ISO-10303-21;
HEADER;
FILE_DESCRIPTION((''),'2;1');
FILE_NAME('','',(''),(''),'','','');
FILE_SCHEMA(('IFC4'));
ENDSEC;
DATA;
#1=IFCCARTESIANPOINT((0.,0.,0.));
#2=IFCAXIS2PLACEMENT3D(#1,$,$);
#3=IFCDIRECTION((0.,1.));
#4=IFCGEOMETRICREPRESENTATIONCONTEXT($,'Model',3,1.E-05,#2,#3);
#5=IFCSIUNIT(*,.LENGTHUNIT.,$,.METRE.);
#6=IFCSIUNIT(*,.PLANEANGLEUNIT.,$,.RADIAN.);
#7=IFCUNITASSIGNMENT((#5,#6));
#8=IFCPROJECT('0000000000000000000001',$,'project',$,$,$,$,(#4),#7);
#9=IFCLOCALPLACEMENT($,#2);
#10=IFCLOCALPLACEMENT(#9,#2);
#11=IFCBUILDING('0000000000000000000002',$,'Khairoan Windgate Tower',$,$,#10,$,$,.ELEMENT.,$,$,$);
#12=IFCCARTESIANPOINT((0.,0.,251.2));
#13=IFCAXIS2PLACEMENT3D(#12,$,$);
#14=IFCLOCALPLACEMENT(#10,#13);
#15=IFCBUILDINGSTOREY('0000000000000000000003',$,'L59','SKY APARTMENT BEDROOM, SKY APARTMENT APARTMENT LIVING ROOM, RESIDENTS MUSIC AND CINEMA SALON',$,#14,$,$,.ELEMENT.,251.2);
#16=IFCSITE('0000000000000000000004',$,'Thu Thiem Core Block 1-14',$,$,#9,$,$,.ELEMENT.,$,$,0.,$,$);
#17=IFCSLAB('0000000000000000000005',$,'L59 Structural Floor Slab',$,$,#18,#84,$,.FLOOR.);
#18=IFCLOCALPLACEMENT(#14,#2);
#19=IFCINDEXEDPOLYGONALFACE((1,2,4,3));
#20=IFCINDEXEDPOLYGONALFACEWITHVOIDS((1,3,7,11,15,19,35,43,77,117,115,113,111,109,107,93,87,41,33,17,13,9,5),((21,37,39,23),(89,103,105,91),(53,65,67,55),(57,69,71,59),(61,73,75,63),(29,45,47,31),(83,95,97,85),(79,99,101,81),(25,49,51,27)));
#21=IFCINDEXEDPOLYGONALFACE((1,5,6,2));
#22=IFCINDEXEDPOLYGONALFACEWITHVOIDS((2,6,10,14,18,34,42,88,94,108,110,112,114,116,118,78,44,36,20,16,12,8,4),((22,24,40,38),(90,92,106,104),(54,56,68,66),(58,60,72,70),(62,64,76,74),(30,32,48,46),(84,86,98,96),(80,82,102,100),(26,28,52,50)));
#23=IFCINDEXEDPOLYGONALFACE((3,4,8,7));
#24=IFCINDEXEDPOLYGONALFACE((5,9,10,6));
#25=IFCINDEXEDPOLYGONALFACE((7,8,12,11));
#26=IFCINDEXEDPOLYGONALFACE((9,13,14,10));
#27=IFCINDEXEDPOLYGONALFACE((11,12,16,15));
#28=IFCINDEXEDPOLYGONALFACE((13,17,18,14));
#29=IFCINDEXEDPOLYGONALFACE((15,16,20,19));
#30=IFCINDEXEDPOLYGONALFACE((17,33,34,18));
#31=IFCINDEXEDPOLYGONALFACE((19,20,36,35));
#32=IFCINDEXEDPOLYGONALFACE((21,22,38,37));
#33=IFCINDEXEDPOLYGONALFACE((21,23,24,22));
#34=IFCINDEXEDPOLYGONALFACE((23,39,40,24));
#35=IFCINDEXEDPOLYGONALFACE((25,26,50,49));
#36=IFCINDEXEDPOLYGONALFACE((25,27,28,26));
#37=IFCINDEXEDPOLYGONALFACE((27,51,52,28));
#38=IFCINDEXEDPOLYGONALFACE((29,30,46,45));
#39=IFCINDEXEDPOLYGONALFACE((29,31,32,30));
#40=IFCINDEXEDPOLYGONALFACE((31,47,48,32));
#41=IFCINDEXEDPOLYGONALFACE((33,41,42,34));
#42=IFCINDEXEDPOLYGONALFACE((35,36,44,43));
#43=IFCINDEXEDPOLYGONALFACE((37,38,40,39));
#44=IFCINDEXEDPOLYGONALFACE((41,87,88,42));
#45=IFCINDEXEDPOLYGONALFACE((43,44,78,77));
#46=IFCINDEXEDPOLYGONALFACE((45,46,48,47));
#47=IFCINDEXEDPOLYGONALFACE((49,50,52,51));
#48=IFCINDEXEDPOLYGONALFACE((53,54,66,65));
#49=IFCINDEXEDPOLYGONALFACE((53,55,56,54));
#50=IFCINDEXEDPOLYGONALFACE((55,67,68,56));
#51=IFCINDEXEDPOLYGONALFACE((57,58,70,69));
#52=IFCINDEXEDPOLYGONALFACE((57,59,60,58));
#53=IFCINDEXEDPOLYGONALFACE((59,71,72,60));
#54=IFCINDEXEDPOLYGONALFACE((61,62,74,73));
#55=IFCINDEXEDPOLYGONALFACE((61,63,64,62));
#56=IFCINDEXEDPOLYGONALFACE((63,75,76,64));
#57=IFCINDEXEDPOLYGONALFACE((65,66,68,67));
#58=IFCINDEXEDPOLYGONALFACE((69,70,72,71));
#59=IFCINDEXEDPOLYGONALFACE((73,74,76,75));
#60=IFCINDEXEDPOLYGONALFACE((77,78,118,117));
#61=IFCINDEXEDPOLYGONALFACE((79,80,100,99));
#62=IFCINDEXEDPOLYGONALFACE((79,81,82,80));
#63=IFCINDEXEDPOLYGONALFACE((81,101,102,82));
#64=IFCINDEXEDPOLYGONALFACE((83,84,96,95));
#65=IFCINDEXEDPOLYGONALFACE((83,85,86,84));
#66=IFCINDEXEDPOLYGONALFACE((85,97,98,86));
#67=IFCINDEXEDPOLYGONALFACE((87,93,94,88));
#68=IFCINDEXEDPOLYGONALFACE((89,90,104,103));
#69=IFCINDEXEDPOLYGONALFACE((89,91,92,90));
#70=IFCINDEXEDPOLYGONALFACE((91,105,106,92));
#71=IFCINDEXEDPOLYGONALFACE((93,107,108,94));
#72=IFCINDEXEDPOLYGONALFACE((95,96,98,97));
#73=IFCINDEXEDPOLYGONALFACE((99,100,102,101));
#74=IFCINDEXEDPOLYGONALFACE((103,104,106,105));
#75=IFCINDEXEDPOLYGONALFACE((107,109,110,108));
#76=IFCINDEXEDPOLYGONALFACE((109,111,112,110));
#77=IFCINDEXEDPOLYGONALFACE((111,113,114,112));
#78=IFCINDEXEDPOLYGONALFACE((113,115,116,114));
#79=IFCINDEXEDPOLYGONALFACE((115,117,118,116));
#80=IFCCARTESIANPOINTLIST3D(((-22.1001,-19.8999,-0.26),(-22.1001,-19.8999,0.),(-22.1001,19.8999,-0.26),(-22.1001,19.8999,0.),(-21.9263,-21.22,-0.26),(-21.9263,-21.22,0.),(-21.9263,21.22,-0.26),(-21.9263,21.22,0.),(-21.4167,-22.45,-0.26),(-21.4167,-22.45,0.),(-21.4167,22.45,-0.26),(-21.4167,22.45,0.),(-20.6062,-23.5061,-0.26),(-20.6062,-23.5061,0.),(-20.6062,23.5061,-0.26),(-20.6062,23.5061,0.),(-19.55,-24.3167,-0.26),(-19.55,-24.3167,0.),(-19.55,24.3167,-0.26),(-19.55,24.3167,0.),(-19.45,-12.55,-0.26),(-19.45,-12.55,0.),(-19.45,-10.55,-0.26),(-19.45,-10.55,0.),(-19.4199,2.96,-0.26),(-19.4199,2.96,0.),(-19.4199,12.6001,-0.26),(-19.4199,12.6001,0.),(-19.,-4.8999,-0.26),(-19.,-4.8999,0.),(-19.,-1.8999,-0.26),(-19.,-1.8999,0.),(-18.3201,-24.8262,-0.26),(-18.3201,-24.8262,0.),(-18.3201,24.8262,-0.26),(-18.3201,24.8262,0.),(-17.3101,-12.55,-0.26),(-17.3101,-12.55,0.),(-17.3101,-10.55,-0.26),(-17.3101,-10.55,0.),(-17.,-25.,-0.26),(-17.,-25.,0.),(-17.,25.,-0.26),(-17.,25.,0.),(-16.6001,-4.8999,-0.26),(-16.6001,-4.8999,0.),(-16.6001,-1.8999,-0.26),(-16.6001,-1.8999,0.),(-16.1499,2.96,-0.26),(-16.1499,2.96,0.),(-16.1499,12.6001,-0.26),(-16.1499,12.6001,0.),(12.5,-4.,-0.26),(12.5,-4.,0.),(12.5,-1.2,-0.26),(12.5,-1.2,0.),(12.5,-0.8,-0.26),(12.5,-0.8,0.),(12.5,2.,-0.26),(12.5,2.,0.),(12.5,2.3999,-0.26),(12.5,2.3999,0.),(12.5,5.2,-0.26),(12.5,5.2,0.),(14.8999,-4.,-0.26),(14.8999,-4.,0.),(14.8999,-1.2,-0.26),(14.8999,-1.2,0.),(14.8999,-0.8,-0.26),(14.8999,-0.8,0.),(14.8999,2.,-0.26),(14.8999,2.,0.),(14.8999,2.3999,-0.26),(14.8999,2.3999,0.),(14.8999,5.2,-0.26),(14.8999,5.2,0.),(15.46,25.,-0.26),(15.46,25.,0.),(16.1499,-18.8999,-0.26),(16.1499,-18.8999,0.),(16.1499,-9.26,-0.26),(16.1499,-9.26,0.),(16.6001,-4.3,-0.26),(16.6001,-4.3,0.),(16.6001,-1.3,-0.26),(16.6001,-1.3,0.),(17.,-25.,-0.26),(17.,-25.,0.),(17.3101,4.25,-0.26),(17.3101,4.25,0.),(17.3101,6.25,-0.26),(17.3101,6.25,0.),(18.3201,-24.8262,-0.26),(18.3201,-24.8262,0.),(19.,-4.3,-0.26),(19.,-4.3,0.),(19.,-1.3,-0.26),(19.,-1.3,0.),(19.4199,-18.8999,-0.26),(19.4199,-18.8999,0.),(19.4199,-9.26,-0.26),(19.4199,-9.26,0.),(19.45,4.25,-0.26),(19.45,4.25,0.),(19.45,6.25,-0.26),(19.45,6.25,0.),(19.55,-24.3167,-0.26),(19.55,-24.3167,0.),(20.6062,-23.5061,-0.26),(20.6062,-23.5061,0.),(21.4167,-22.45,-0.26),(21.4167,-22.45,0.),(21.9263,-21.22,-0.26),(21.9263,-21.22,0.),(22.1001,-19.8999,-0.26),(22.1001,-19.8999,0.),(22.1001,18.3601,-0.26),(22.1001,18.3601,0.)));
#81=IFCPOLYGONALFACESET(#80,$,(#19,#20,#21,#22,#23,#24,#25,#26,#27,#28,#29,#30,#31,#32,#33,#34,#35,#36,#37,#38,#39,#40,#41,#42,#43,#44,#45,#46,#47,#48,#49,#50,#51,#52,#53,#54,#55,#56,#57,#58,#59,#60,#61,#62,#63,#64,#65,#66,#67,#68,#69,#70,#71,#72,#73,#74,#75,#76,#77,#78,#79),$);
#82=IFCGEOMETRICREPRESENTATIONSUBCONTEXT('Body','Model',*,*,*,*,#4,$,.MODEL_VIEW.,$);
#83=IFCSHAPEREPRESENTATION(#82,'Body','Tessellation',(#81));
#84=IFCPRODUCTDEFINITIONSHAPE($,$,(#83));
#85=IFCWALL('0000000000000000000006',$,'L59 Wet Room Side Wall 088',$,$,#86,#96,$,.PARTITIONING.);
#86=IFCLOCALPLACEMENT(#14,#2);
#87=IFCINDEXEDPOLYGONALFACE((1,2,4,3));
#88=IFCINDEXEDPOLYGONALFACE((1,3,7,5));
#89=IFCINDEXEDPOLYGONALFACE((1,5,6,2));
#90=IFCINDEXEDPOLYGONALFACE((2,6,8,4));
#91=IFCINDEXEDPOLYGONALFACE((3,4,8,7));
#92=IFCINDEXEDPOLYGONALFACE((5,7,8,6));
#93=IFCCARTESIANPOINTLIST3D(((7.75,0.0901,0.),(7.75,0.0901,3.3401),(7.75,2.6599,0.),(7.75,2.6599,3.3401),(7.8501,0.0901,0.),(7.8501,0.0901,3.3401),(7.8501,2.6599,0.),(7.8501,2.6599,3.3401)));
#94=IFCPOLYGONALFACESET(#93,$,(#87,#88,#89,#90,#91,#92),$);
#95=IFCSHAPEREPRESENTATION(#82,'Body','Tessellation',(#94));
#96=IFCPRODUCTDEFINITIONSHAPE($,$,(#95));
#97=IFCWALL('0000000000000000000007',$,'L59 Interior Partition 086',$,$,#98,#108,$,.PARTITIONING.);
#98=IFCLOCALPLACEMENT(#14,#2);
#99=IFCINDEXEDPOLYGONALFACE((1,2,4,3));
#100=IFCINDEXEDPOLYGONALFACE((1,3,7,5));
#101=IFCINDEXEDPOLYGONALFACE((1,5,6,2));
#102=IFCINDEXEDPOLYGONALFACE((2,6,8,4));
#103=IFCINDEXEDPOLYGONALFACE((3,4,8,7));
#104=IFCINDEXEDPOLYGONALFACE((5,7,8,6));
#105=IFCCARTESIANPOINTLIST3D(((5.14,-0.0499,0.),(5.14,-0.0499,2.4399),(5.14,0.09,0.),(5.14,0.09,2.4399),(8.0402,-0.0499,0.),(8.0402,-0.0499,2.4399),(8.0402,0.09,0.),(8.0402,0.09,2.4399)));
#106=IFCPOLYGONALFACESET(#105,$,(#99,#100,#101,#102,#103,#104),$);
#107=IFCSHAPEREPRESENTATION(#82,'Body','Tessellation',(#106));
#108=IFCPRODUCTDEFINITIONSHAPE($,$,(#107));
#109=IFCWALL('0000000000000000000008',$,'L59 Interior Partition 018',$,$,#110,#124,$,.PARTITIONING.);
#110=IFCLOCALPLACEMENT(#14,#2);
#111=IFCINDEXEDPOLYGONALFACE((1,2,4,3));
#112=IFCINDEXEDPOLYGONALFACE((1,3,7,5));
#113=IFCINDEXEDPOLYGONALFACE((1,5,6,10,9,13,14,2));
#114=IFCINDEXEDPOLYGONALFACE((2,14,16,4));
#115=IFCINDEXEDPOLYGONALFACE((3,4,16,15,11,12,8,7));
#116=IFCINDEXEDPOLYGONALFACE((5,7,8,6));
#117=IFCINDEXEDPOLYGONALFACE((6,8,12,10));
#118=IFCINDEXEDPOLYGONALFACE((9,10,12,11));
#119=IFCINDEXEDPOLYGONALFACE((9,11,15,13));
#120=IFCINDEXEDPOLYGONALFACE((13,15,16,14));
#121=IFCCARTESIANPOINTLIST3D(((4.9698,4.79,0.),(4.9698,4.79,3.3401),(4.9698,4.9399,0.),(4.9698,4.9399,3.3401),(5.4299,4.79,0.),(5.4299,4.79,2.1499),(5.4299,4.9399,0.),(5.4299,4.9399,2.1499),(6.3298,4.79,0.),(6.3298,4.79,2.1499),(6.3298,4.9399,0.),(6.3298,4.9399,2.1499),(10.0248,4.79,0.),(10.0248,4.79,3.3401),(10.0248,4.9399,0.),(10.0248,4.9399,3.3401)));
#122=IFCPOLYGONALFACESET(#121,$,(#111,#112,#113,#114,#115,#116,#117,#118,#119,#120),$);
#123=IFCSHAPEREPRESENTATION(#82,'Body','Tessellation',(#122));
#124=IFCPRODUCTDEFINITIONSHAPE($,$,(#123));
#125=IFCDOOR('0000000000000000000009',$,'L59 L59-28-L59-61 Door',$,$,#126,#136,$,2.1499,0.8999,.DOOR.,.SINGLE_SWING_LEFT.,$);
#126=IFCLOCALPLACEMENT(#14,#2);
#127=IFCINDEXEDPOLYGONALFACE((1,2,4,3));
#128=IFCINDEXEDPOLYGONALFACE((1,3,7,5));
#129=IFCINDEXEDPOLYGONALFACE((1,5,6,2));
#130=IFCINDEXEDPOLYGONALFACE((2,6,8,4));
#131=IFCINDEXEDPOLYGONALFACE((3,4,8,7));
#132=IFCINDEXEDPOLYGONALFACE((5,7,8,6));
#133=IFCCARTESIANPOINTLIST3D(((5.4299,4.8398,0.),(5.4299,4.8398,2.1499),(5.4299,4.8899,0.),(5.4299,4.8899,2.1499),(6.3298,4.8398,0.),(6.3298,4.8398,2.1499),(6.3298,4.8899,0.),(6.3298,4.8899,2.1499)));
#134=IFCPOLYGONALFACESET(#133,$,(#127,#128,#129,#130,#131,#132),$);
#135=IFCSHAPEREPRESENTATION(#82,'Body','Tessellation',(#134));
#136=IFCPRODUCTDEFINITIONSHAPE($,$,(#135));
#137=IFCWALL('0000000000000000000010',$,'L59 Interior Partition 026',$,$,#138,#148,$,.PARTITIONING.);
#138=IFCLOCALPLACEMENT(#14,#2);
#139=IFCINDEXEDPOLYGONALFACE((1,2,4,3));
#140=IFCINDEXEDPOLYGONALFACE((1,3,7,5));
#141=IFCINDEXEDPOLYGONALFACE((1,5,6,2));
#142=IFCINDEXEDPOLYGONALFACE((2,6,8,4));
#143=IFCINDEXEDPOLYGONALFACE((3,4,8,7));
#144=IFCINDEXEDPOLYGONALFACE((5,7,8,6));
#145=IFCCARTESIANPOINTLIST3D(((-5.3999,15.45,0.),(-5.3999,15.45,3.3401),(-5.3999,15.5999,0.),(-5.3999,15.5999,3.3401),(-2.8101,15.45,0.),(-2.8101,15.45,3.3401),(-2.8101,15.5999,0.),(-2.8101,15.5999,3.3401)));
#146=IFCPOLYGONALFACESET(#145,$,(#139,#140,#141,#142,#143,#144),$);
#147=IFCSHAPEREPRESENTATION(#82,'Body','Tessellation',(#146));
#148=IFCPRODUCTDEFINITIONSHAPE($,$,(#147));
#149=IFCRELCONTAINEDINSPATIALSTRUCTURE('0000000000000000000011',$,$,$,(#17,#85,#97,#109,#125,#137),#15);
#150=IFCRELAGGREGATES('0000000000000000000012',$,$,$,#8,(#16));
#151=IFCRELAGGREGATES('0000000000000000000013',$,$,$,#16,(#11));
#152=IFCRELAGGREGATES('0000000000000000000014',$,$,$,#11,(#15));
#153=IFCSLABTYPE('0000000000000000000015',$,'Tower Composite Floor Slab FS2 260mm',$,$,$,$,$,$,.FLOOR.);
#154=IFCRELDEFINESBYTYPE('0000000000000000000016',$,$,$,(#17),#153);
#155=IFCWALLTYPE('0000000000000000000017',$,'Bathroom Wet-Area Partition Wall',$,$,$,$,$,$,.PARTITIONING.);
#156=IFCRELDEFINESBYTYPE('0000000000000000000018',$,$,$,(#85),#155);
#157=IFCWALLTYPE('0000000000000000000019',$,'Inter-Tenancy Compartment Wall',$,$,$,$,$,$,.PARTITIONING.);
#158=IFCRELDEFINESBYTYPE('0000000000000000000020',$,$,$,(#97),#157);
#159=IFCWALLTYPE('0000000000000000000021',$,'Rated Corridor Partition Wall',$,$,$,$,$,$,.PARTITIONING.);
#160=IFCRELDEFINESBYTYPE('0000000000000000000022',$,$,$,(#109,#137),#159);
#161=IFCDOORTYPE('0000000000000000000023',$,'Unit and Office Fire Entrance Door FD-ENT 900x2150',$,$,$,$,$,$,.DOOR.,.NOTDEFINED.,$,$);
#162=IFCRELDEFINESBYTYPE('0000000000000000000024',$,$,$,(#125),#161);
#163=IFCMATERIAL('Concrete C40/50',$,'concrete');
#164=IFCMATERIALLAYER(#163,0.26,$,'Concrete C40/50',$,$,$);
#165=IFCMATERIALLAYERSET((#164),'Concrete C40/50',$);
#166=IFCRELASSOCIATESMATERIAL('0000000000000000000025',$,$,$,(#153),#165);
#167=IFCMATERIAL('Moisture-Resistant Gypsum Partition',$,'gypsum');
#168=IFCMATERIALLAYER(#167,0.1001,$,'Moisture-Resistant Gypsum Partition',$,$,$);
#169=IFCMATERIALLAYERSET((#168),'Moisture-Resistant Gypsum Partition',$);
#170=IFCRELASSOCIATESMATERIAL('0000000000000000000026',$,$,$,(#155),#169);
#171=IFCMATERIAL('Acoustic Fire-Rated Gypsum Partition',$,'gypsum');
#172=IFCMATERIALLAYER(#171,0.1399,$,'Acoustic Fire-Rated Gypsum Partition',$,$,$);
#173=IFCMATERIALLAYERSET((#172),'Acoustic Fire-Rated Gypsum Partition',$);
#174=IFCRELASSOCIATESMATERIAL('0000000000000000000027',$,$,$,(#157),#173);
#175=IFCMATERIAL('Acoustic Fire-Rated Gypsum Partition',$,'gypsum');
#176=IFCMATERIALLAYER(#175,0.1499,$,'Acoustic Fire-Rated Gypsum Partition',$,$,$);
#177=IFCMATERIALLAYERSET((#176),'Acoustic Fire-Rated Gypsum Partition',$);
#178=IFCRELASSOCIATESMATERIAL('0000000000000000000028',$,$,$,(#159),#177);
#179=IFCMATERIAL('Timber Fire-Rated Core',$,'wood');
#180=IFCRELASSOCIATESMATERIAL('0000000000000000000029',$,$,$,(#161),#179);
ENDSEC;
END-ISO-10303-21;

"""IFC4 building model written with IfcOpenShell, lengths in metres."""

from ifc_helpers import new_model, si_unit, direction, frame, frame_2d, origin, place, context, subcontext, project, spatial, polyline, rectangle, outline, extrude, material, layer, layer_set, type_object, element, fill, save


model = new_model("IFC4")

# Units and contexts
model_context = context("Model", 3, precision=1e-05, world=origin(), true_north=direction((0.0, 1.0)))
body_context = subcontext(model_context, "Body", "Model", "MODEL_VIEW")
ifc_project = project(units=[si_unit("LENGTHUNIT", "METRE"), si_unit("PLANEANGLEUNIT", "RADIAN")], contexts=[model_context])

# Site, building, storey
site_placement = place(None, origin())
site = spatial("IfcSite", under=ifc_project, at=site_placement, Name="Thu Thiem Core Block 1-14", CompositionType="ELEMENT", RefElevation=0.0)
building_placement = place(site_placement, origin())
building = spatial("IfcBuilding", under=site, at=building_placement, Name="Khairoan Windgate Tower", CompositionType="ELEMENT")
storey_placement = place(building_placement, frame((0.0, 0.0, 251.2)))
storey = spatial("IfcBuildingStorey", under=building, at=storey_placement, Name="L59", Description="SKY APARTMENT BEDROOM, SKY APARTMENT APARTMENT LIVING ROOM, RESIDENTS MUSIC AND CINEMA SALON", CompositionType="ELEMENT", Elevation=251.2)

# Slab
ifc_material_1 = material(Name="Concrete C40/50", Category="concrete")
ifc_layer_1 = layer(ifc_material_1, 0.26, Name="Concrete C40/50")
ifc_layer_set_1 = layer_set([ifc_layer_1], Name="Concrete C40/50")
slab_type_1 = type_object("IfcSlabType", Name="Tower Composite Floor Slab FS2 260mm", PredefinedType="FLOOR", material=ifc_layer_set_1)
slab_1_placement = place(storey_placement, frame((0.0, 0.0, -0.26)))
element("IfcSlab", 1, at=slab_1_placement, inside=storey, type_object=slab_type_1, Name="L59 Structural Floor Slab", PredefinedType="FLOOR", context=body_context, shape_type="SweptSolid", body=[
    extrude(outline(polyline([(17.0, -25.0), (18.3201, -24.8262), (19.55, -24.3167), (20.6062, -23.5061), (21.4167, -22.45), (21.9263, -21.22), (22.1001, -19.8999), (22.1001, 18.3601), (15.46, 25.0), (-17.0, 25.0), (-18.3201, 24.8262), (-19.55, 24.3167), (-20.6062, 23.5061), (-21.4167, 22.45), (-21.9263, 21.22), (-22.1001, 19.8999), (-22.1001, -19.8999), (-21.9263, -21.22), (-21.4167, -22.45), (-20.6062, -23.5061), (-19.55, -24.3167), (-18.3201, -24.8262), (-17.0, -25.0), (17.0, -25.0)]), holes=[polyline([(16.1499, -9.26), (16.1499, -18.8999), (19.4199, -18.8999), (19.4199, -9.26), (16.1499, -9.26)]), polyline([(-16.1499, 2.96), (-16.1499, 12.6001), (-19.4199, 12.6001), (-19.4199, 2.96), (-16.1499, 2.96)]), polyline([(12.5, 2.3999), (14.8999, 2.3999), (14.8999, 5.2), (12.5, 5.2), (12.5, 2.3999)]), polyline([(12.5, -0.8), (14.8999, -0.8), (14.8999, 2.0), (12.5, 2.0), (12.5, -0.8)]), polyline([(12.5, -4.0), (14.8999, -4.0), (14.8999, -1.2), (12.5, -1.2), (12.5, -4.0)]), polyline([(16.6001, -4.3), (19.0, -4.3), (19.0, -1.3), (16.6001, -1.3), (16.6001, -4.3)]), polyline([(-19.0, -4.8999), (-16.6001, -4.8999), (-16.6001, -1.8999), (-19.0, -1.8999), (-19.0, -4.8999)]), polyline([(-19.45, -12.55), (-17.3101, -12.55), (-17.3101, -10.55), (-19.45, -10.55), (-19.45, -12.55)]), polyline([(17.3101, 4.25), (19.45, 4.25), (19.45, 6.25), (17.3101, 6.25), (17.3101, 4.25)])]), origin(), (0.0, 0.0, 1.0), 0.26),
])

# Walls
ifc_material_2 = material(Name="Moisture-Resistant Gypsum Partition", Category="gypsum")
ifc_layer_2 = layer(ifc_material_2, 0.1001, Name="Moisture-Resistant Gypsum Partition")
ifc_layer_set_2 = layer_set([ifc_layer_2], Name="Moisture-Resistant Gypsum Partition")
wall_type_1 = type_object("IfcWallType", Name="Bathroom Wet-Area Partition Wall", PredefinedType="PARTITIONING", material=ifc_layer_set_2)
wall_1_placement = place(storey_placement, frame((7.8, 2.6599, 0.0), z_axis=(0.0, 0.0, 1.0), x_axis=(0.0, -1.0, 0.0)))
element("IfcWall", 2, at=wall_1_placement, inside=storey, type_object=wall_type_1, Name="L59 Wet Room Side Wall 088", PredefinedType="PARTITIONING", context=body_context, shape_type="SweptSolid", body=[
    extrude(rectangle(XDim=2.5698, YDim=0.1001, at=frame_2d((1.2849, 0.0))), origin(), (0.0, 0.0, 1.0), 3.3401),
])
ifc_material_3 = material(Name="Acoustic Fire-Rated Gypsum Partition", Category="gypsum")
ifc_layer_3 = layer(ifc_material_3, 0.1399, Name="Acoustic Fire-Rated Gypsum Partition")
ifc_layer_set_3 = layer_set([ifc_layer_3], Name="Acoustic Fire-Rated Gypsum Partition")
wall_type_2 = type_object("IfcWallType", Name="Inter-Tenancy Compartment Wall", PredefinedType="PARTITIONING", material=ifc_layer_set_3)
wall_2_placement = place(storey_placement, frame((5.1399, 0.02, 0.0), z_axis=(0.0, 0.0, 1.0), x_axis=(1.0, 0.0, 0.0)))
element("IfcWall", 3, at=wall_2_placement, inside=storey, type_object=wall_type_2, Name="L59 Interior Partition 086", PredefinedType="PARTITIONING", context=body_context, shape_type="SweptSolid", body=[
    extrude(rectangle(XDim=2.9001, YDim=0.1399, at=frame_2d((1.4502, 0.0))), origin(), (0.0, 0.0, 1.0), 2.4399),
])

# Wall, opening, door
ifc_material_4 = material(Name="Acoustic Fire-Rated Gypsum Partition", Category="gypsum")
ifc_layer_4 = layer(ifc_material_4, 0.1499, Name="Acoustic Fire-Rated Gypsum Partition")
ifc_layer_set_4 = layer_set([ifc_layer_4], Name="Acoustic Fire-Rated Gypsum Partition")
wall_type_3 = type_object("IfcWallType", Name="Rated Corridor Partition Wall", PredefinedType="PARTITIONING", material=ifc_layer_set_4)
wall_3_placement = place(storey_placement, frame((4.97, 4.865, 0.0), z_axis=(0.0, 0.0, 1.0), x_axis=(1.0, 0.0, 0.0)))
wall_3 = element("IfcWall", 4, at=wall_3_placement, inside=storey, type_object=wall_type_3, Name="L59 Interior Partition 018", PredefinedType="PARTITIONING", context=body_context, shape_type="SweptSolid", body=[
    extrude(rectangle(XDim=5.0549, YDim=0.1499, at=frame_2d((2.5273, 0.0))), origin(), (0.0, 0.0, 1.0), 3.3401),
])
opening_1_placement = place(wall_3_placement, frame((0.46, 0.0, 0.0)))
opening_1 = element("IfcOpeningElement", 5, at=opening_1_placement, cuts=wall_3, PredefinedType="OPENING", context=body_context, shape_type="SweptSolid", body=[
    extrude(rectangle(XDim=0.8999, YDim=2.1499, at=frame_2d((0.45, 1.075))), frame((0.0, 0.085, 0.0), z_axis=(0.0, -1.0, 0.0), x_axis=(1.0, 0.0, 0.0)), (0.0, 0.0, 1.0), 0.1699),
])
ifc_material_5 = material(Name="Timber Fire-Rated Core", Category="wood")
door_type = type_object("IfcDoorType", Name="Unit and Office Fire Entrance Door FD-ENT 900x2150", OperationType="NOTDEFINED", PredefinedType="DOOR", material=ifc_material_5)
door_1_placement = place(opening_1_placement, origin())
door_1 = element("IfcDoor", 6, at=door_1_placement, inside=storey, type_object=door_type, Name="L59 L59-28-L59-61 Door", OperationType="SINGLE_SWING_LEFT", OverallHeight=2.1499, OverallWidth=0.8999, PredefinedType="DOOR", context=body_context, shape_type="SweptSolid", body=[
    extrude(rectangle(XDim=0.8999, YDim=2.1499, at=frame_2d((0.45, 1.075))), frame((0.0, 0.0249, 0.0), z_axis=(0.0, -1.0, 0.0), x_axis=(1.0, 0.0, 0.0)), (0.0, 0.0, 1.0), 0.05),
])
fill(opening_1, door_1)

# Wall
wall_4_placement = place(storey_placement, frame((-5.3999, 15.5249, 0.0), z_axis=(0.0, 0.0, 1.0), x_axis=(1.0, 0.0, 0.0)))
element("IfcWall", 7, at=wall_4_placement, inside=storey, type_object=wall_type_3, Name="L59 Interior Partition 026", PredefinedType="PARTITIONING", context=body_context, shape_type="SweptSolid", body=[
    extrude(rectangle(XDim=2.5898, YDim=0.1499, at=frame_2d((1.2949, 0.0))), origin(), (0.0, 0.0, 1.0), 3.3401),
])

save(model, "model.ifc")
